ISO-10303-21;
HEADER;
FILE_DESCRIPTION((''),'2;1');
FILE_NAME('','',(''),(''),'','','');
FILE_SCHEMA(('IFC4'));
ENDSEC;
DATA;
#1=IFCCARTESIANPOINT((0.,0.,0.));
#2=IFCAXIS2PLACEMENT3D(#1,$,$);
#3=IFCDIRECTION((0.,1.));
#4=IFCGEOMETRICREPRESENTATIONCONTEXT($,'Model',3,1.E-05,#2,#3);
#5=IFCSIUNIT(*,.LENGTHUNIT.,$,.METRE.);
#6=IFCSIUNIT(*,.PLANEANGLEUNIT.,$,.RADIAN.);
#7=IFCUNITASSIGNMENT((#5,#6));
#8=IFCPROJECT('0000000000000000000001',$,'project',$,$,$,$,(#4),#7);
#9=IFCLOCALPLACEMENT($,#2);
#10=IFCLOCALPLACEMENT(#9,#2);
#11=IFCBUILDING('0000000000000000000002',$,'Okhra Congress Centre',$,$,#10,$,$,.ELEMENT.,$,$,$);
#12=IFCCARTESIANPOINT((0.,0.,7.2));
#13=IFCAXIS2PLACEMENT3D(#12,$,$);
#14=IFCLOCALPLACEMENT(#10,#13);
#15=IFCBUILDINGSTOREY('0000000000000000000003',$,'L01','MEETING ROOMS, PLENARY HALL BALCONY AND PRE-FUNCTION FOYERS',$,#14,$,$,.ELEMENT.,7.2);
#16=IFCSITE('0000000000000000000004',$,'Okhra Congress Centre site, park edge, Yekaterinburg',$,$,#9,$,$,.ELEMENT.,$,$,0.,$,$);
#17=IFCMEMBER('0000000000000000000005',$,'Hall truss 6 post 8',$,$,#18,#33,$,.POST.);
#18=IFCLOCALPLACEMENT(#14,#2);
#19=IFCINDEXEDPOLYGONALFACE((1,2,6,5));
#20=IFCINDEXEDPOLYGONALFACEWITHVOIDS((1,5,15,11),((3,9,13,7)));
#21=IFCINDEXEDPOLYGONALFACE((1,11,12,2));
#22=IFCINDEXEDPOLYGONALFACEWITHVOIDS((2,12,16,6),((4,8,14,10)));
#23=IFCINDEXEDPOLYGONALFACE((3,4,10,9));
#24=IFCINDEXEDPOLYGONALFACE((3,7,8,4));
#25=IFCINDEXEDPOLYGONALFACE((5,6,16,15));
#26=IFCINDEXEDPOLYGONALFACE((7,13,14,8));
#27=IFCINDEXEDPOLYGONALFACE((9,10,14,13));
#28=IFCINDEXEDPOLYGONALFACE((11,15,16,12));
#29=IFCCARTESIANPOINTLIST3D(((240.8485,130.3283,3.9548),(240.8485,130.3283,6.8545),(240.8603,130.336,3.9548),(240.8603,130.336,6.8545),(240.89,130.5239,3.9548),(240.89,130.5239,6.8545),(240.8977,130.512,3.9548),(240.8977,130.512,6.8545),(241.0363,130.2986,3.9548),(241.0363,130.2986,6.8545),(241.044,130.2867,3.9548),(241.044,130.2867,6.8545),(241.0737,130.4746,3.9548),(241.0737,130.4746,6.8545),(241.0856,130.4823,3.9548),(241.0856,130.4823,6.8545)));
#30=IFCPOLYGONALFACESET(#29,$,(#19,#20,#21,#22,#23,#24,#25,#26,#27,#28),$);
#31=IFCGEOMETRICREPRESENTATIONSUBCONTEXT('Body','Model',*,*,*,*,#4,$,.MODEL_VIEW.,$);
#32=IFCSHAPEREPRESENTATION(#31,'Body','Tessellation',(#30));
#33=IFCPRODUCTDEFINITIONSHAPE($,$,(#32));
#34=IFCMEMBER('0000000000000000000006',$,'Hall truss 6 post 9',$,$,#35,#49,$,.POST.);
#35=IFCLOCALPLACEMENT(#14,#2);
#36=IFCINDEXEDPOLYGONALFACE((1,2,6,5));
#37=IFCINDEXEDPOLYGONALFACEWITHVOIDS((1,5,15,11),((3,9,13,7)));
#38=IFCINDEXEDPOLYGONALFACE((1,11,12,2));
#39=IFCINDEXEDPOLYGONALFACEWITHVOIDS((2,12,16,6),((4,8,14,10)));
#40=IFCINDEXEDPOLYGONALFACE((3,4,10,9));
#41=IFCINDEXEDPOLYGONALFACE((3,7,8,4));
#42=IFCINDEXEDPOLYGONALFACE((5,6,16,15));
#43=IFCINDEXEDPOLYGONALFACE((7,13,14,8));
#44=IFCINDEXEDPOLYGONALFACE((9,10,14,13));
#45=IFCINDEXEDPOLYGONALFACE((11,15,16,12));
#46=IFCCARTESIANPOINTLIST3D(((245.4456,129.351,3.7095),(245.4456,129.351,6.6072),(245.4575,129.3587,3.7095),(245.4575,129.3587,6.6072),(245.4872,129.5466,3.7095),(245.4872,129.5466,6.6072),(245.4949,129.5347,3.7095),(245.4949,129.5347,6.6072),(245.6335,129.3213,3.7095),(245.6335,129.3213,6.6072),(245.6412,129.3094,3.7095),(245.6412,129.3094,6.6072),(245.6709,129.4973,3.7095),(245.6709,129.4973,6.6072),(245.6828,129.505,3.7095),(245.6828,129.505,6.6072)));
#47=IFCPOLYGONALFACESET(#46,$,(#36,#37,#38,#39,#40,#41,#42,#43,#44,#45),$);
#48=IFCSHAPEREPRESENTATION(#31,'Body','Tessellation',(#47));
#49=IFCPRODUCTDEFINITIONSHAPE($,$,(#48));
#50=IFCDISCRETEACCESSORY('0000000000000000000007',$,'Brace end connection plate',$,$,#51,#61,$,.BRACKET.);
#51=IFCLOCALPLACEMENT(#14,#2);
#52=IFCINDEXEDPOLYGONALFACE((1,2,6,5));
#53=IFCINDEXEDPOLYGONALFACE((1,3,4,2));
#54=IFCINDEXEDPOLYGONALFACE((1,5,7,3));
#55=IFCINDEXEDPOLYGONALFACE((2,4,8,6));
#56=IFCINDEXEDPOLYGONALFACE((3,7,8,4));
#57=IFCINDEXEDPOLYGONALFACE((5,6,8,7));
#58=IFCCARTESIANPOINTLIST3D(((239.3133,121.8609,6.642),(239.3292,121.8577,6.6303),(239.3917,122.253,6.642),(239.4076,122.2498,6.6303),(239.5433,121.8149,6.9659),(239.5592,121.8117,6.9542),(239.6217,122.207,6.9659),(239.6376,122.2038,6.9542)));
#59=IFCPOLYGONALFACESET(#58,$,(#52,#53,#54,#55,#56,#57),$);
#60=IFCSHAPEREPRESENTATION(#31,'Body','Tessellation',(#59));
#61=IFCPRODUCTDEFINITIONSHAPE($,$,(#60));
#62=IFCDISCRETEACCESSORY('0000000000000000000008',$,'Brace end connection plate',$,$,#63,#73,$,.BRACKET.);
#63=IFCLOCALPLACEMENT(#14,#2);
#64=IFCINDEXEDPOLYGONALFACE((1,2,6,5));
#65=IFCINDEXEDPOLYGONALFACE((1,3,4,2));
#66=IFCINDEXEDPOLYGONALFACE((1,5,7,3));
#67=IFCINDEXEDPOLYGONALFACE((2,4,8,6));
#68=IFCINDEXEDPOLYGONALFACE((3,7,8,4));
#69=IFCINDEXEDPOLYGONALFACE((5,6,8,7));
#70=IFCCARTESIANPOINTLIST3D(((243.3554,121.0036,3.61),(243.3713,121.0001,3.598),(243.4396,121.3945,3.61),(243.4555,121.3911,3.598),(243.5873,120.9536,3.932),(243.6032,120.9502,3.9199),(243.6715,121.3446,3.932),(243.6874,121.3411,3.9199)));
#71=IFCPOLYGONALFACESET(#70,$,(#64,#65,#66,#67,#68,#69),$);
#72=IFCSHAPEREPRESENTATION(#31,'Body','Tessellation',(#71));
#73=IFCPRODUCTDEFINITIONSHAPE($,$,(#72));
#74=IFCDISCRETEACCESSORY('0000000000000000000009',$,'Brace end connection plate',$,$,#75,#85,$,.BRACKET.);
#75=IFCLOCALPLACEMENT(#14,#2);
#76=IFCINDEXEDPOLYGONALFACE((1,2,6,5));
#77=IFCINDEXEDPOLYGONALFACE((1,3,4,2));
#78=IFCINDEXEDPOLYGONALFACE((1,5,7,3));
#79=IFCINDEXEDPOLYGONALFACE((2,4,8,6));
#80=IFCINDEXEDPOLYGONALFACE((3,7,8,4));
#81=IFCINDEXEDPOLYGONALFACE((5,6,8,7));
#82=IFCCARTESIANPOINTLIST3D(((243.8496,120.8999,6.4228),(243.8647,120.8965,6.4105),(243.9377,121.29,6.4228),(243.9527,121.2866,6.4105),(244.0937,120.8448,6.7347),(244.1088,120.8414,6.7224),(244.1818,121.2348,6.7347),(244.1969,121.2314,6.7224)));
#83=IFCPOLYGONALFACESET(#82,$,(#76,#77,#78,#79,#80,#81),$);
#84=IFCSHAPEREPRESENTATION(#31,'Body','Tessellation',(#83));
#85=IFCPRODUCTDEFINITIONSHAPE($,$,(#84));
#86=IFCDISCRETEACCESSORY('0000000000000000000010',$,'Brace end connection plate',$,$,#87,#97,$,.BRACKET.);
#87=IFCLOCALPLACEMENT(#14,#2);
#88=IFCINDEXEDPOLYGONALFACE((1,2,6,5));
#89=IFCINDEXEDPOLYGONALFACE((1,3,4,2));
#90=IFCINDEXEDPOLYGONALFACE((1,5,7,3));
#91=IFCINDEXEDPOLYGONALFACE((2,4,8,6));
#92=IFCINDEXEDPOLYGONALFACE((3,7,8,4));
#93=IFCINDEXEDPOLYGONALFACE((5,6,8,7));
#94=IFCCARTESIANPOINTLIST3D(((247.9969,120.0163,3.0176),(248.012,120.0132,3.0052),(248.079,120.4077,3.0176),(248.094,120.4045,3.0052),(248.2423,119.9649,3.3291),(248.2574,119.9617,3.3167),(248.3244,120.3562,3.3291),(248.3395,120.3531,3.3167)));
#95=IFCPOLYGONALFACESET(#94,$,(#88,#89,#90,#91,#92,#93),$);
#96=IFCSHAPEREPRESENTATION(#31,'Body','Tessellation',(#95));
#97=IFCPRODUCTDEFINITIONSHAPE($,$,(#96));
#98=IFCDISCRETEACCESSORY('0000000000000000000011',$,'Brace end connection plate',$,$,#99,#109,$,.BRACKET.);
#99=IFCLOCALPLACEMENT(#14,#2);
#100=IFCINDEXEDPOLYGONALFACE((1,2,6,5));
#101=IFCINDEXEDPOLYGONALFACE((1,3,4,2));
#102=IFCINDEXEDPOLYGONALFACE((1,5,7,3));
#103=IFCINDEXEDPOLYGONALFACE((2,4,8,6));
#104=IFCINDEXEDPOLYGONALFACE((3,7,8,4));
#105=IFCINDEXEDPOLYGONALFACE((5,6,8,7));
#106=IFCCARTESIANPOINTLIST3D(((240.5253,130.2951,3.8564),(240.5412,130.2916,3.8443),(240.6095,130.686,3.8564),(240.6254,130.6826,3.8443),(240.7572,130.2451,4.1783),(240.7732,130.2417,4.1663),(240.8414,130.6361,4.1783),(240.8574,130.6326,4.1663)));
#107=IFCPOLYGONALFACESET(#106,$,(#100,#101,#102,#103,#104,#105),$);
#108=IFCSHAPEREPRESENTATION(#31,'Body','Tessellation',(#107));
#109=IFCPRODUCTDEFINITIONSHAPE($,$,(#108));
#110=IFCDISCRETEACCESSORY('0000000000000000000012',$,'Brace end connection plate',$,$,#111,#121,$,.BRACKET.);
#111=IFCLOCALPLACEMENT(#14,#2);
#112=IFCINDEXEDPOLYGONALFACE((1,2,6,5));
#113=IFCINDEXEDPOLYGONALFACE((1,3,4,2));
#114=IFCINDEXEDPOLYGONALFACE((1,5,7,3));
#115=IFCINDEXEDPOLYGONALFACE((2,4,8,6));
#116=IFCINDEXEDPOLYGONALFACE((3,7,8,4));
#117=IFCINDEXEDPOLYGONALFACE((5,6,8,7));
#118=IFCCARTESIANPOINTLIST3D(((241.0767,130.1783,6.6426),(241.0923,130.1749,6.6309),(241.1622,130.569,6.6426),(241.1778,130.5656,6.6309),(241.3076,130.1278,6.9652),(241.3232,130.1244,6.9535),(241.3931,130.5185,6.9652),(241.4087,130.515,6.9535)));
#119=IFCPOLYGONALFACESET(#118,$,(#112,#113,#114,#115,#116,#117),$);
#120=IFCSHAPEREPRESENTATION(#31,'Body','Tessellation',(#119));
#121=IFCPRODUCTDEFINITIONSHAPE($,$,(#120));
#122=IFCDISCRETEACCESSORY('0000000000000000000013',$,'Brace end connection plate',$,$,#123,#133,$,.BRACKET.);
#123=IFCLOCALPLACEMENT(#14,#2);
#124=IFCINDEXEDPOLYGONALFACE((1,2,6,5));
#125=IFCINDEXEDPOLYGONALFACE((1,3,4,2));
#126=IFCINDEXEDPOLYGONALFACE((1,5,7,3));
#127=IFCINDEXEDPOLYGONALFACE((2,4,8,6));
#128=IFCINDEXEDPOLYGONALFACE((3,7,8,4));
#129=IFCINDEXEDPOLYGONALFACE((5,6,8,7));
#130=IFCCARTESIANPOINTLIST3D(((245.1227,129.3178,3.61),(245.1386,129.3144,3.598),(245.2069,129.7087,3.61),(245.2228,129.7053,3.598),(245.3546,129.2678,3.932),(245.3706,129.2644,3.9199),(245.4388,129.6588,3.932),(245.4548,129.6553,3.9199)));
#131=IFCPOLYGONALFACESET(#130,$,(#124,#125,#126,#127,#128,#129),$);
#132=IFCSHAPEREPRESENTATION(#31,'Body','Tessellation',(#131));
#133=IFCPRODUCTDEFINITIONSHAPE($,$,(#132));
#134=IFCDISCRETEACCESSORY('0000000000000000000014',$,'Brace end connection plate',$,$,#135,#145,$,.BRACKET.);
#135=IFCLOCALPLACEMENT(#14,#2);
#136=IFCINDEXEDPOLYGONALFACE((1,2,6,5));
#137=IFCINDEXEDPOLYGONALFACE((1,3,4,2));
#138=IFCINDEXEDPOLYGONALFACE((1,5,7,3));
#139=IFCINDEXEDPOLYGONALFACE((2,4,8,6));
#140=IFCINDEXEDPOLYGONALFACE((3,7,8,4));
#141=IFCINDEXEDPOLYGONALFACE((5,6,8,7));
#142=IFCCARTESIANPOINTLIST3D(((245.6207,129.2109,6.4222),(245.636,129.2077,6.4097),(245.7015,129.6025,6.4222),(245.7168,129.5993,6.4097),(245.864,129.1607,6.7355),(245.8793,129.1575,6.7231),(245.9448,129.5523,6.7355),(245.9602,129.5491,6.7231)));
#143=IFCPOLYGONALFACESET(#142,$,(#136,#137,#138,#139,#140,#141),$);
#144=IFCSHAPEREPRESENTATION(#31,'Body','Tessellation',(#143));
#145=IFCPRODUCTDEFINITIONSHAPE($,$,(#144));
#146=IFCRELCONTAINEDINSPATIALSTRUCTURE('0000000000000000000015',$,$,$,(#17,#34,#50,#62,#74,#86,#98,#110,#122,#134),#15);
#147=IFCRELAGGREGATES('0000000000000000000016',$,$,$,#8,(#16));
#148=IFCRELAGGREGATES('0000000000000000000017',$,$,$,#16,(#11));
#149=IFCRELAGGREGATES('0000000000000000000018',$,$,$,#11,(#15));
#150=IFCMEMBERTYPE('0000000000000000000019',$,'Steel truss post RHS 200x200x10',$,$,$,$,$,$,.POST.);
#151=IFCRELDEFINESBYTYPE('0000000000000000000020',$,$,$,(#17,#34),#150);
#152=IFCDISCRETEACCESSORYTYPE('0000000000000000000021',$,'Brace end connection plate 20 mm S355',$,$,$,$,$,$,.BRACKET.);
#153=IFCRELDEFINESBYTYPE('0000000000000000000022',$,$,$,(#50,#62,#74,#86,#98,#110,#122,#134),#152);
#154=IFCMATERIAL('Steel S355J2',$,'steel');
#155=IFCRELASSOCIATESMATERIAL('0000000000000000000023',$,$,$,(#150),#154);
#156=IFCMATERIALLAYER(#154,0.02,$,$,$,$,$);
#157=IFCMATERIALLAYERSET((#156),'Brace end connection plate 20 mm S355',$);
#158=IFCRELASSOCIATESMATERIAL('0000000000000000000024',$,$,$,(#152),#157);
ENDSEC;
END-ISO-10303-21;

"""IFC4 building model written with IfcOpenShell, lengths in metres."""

from ifc_helpers import new_model, si_unit, direction, frame, origin, origin_2d, place, context, subcontext, project, spatial, rectangle, hollow_rectangle, extrude, material, layer, layer_set, material_profile, profile_set, type_object, element, save


model = new_model("IFC4")

# Units and contexts
model_context = context("Model", 3, precision=1e-05, world=origin(), true_north=direction((0.0, 1.0)))
body_context = subcontext(model_context, "Body", "Model", "MODEL_VIEW")
ifc_project = project(units=[si_unit("LENGTHUNIT", "METRE"), si_unit("PLANEANGLEUNIT", "RADIAN")], contexts=[model_context])

# Site, building, storey
site_placement = place(None, origin())
site = spatial("IfcSite", under=ifc_project, at=site_placement, Name="Okhra Congress Centre site, park edge, Yekaterinburg", CompositionType="ELEMENT", RefElevation=0.0)
building_placement = place(site_placement, origin())
building = spatial("IfcBuilding", under=site, at=building_placement, Name="Okhra Congress Centre", CompositionType="ELEMENT")
storey_placement = place(building_placement, frame((0.0, 0.0, 7.2)))
storey = spatial("IfcBuildingStorey", under=building, at=storey_placement, Name="L01", Description="MEETING ROOMS, PLENARY HALL BALCONY AND PRE-FUNCTION FOYERS", CompositionType="ELEMENT", Elevation=7.2)

# Members
ifc_material = material(Name="Steel S355J2", Category="steel")
ifc_material_profile_1 = material_profile(ifc_material, hollow_rectangle(XDim=0.2, YDim=0.2, WallThickness=0.01, at=origin_2d()), Name="RHS 200x200x10")
ifc_profile_set_1 = profile_set([ifc_material_profile_1], Name="Steel S355J2")
member_type_1 = type_object("IfcMemberType", Name="Steel truss post RHS 200x200x10", PredefinedType="POST", material=ifc_profile_set_1)
member_1_placement = place(storey_placement, frame((240.967, 130.4053, 3.9548), z_axis=(0.0, 0.0, 1.0), x_axis=(0.978148, -0.207912, 0.0)))
element("IfcMember", 1, at=member_1_placement, inside=storey, type_object=member_type_1, Name="Hall truss 6 post 8", PredefinedType="POST", context=body_context, shape_type="SweptSolid", body=[
    extrude(hollow_rectangle(XDim=0.2, YDim=0.2, WallThickness=0.01, at=origin_2d()), origin(), (0.0, 0.0, 1.0), 2.8997),
])
member_2_placement = place(storey_placement, frame((245.5642, 129.428, 3.7095), z_axis=(0.0, 0.0, 1.0), x_axis=(0.978148, -0.207912, 0.0)))
element("IfcMember", 2, at=member_2_placement, inside=storey, type_object=member_type_1, Name="Hall truss 6 post 9", PredefinedType="POST", context=body_context, shape_type="SweptSolid", body=[
    extrude(hollow_rectangle(XDim=0.2, YDim=0.2, WallThickness=0.01, at=origin_2d()), origin(), (0.0, 0.0, 1.0), 2.8977),
])

# Discrete accessories
ifc_layer = layer(ifc_material, 0.02)
ifc_layer_set = layer_set([ifc_layer], Name="Brace end connection plate 20 mm S355")
discrete_accessory_type = type_object("IfcDiscreteAccessoryType", Name="Brace end connection plate 20 mm S355", PredefinedType="BRACKET", material=ifc_layer_set)
discrete_accessory_1_placement = place(storey_placement, frame((239.4834, 122.0308, 6.7922), z_axis=(-0.79422, 0.158844, 0.586501), x_axis=(-0.196116, -0.980581, 0.0)))
element("IfcDiscreteAccessory", 3, at=discrete_accessory_1_placement, inside=storey, type_object=discrete_accessory_type, Name="Brace end connection plate", PredefinedType="BRACKET", context=body_context, shape_type="SweptSolid", body=[
    extrude(rectangle(XDim=0.3999, YDim=0.3999, at=origin_2d()), origin(), (0.0, 0.0, 1.0), 0.02),
])
discrete_accessory_2_placement = place(storey_placement, frame((243.5134, 121.1741, 3.771), z_axis=(0.786969, -0.169501, -0.593253), x_axis=(0.210556, 0.977582, 0.0)))
element("IfcDiscreteAccessory", 4, at=discrete_accessory_2_placement, inside=storey, type_object=discrete_accessory_type, Name="Brace end connection plate", PredefinedType="BRACKET", context=body_context, shape_type="SweptSolid", body=[
    extrude(rectangle(XDim=0.3999, YDim=0.3999, at=origin_2d()), origin(), (0.0, 0.0, 1.0), 0.0203),
])
for number, where, z_axis, x_axis, name in (
    (5, (244.0308, 121.064, 6.5664), (-0.760808, 0.171795, 0.625826), (-0.220261, -0.975441, 0.0), "Brace end connection plate"),
    (6, (248.1606, 120.1863, 3.1733), (0.762359, -0.159849, -0.627102), (0.205215, 0.978717, 0.0), "Brace end connection plate"),
):
    element("IfcDiscreteAccessory", number, at=place(storey_placement, frame(where, z_axis=z_axis, x_axis=x_axis)), inside=storey, type_object=discrete_accessory_type, Name=name, PredefinedType="BRACKET", context=body_context, shape_type="SweptSolid", body=[
        extrude(rectangle(XDim=0.3999, YDim=0.3999, at=origin_2d()), origin(), (0.0, 0.0, 1.0), 0.0198),
    ])
discrete_accessory_3_placement = place(storey_placement, frame((240.6833, 130.4656, 4.0173), z_axis=(0.786969, -0.169501, -0.593253), x_axis=(0.210556, 0.977582, 0.0)))
element("IfcDiscreteAccessory", 7, at=discrete_accessory_3_placement, inside=storey, type_object=discrete_accessory_type, Name="Brace end connection plate", PredefinedType="BRACKET", context=body_context, shape_type="SweptSolid", body=[
    extrude(rectangle(XDim=0.3999, YDim=0.3999, at=origin_2d()), origin(), (0.0, 0.0, 1.0), 0.0203),
])
discrete_accessory_4_placement = place(storey_placement, frame((241.2505, 130.345, 6.7922), z_axis=(-0.788024, 0.17238, 0.591018), x_axis=(-0.213697, -0.9769, 0.0)))
element("IfcDiscreteAccessory", 8, at=discrete_accessory_4_placement, inside=storey, type_object=discrete_accessory_type, Name="Brace end connection plate", PredefinedType="BRACKET", context=body_context, shape_type="SweptSolid", body=[
    extrude(rectangle(XDim=0.3999, YDim=0.3999, at=origin_2d()), origin(), (0.0, 0.0, 1.0), 0.0198),
])
discrete_accessory_5_placement = place(storey_placement, frame((245.2808, 129.4883, 3.771), z_axis=(0.786969, -0.169501, -0.593253), x_axis=(0.210556, 0.977582, 0.0)))
element("IfcDiscreteAccessory", 9, at=discrete_accessory_5_placement, inside=storey, type_object=discrete_accessory_type, Name="Brace end connection plate", PredefinedType="BRACKET", context=body_context, shape_type="SweptSolid", body=[
    extrude(rectangle(XDim=0.3999, YDim=0.3999, at=origin_2d()), origin(), (0.0, 0.0, 1.0), 0.0203),
])
discrete_accessory_6_placement = place(storey_placement, frame((245.7981, 129.3784, 6.5664), z_axis=(-0.767437, 0.15836, 0.621259), x_axis=(-0.202092, -0.979367, 0.0)))
element("IfcDiscreteAccessory", 10, at=discrete_accessory_6_placement, inside=storey, type_object=discrete_accessory_type, Name="Brace end connection plate", PredefinedType="BRACKET", context=body_context, shape_type="SweptSolid", body=[
    extrude(rectangle(XDim=0.3999, YDim=0.3999, at=origin_2d()), origin(), (0.0, 0.0, 1.0), 0.02),
])

save(model, "model.ifc")
